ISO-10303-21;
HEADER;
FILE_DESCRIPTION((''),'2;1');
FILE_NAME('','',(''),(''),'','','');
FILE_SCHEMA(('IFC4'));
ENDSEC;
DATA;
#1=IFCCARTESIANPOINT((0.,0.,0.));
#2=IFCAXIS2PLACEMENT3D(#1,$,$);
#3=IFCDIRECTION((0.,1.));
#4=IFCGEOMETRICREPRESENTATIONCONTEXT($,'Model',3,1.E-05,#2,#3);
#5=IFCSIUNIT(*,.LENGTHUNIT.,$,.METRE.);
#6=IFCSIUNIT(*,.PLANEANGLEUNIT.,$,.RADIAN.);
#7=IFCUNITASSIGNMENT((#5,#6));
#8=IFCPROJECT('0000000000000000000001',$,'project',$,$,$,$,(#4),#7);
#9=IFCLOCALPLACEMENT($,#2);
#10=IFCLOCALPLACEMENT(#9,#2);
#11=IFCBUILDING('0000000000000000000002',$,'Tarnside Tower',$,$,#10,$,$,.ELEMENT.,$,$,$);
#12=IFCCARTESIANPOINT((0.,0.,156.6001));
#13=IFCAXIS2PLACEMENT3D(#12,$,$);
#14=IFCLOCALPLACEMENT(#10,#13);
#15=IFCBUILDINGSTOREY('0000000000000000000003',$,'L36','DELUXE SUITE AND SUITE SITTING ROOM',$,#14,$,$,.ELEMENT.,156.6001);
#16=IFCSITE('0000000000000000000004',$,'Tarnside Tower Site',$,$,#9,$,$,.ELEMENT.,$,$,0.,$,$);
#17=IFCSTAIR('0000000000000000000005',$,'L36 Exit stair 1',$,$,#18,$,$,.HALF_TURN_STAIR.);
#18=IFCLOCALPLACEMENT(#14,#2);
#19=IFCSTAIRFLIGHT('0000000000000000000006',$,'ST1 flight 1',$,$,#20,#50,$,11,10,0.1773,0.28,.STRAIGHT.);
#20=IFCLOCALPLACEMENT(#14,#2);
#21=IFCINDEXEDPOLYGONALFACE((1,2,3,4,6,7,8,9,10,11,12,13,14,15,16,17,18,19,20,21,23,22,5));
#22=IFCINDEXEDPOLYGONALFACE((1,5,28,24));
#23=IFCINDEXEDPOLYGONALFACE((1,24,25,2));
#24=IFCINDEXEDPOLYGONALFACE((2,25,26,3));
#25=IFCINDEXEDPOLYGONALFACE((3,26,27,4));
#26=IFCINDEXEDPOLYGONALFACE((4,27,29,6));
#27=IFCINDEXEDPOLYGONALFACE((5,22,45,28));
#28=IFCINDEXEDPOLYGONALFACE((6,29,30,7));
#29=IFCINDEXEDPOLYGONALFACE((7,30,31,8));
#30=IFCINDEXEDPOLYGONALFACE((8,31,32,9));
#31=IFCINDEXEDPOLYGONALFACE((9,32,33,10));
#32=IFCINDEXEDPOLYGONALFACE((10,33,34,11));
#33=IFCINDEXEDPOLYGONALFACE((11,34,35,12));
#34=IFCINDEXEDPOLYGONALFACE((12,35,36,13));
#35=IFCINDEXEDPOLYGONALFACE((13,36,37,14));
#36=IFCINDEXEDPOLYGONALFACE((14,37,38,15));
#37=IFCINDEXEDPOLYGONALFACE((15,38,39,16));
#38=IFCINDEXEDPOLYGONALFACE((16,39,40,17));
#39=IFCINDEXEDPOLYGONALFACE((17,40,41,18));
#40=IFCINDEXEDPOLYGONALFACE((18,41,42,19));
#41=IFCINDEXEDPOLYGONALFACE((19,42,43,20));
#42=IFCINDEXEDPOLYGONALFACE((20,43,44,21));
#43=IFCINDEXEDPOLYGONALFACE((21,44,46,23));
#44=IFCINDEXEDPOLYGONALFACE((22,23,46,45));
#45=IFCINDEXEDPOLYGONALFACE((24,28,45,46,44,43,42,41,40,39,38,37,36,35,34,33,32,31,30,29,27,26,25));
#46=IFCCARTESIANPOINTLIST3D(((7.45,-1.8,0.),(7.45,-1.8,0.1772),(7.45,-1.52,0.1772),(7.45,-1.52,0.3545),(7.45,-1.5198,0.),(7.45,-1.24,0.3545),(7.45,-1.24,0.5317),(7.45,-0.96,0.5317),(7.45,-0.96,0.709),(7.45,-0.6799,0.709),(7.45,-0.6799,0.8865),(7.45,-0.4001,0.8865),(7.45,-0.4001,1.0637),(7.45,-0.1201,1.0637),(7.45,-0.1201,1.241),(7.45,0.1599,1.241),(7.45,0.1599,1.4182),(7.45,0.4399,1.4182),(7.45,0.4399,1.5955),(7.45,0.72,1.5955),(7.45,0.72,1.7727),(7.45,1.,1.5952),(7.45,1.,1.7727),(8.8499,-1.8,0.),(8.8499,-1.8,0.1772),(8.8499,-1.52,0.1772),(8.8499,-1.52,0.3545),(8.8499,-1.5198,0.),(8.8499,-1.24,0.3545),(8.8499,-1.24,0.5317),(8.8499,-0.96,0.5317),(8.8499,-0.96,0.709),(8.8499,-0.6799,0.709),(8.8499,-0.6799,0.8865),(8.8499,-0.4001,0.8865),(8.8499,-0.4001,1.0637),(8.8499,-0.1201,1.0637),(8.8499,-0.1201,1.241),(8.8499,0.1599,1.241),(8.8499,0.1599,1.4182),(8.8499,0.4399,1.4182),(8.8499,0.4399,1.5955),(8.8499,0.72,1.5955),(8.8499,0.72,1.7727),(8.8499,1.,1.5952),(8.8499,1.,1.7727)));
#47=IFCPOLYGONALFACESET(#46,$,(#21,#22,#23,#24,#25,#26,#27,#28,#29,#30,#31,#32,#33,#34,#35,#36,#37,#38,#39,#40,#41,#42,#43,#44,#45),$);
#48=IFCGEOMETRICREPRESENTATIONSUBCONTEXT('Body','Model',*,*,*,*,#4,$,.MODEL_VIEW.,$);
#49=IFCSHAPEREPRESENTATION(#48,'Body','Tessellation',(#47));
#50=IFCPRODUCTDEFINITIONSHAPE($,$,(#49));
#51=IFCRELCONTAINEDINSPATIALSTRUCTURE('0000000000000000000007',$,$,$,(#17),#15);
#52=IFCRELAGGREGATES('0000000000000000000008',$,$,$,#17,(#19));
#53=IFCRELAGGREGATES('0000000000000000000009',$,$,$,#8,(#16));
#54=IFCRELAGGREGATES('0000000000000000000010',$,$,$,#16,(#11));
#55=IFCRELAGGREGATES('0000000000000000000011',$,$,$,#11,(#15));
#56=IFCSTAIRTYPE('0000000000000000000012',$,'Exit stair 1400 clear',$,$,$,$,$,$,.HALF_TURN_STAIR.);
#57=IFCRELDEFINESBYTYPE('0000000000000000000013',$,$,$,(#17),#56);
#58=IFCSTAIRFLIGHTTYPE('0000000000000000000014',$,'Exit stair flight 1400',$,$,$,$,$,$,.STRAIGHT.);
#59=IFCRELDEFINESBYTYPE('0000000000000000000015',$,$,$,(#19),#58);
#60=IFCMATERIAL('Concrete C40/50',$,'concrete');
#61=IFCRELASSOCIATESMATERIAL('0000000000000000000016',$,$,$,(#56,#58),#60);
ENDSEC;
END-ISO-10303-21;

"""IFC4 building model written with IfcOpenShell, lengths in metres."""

from ifc_helpers import new_model, si_unit, direction, frame, origin, place, context, subcontext, project, spatial, polyline, outline, extrude, material, type_object, element, aggregate, save


model = new_model("IFC4")

# Units and contexts
model_context = context("Model", 3, precision=1e-05, world=origin(), true_north=direction((0.0, 1.0)))
body_context = subcontext(model_context, "Body", "Model", "MODEL_VIEW")
ifc_project = project(units=[si_unit("LENGTHUNIT", "METRE"), si_unit("PLANEANGLEUNIT", "RADIAN")], contexts=[model_context])

# Site, building, storey
site_placement = place(None, origin())
site = spatial("IfcSite", under=ifc_project, at=site_placement, Name="Tarnside Tower Site", CompositionType="ELEMENT", RefElevation=0.0)
building_placement = place(site_placement, origin())
building = spatial("IfcBuilding", under=site, at=building_placement, Name="Tarnside Tower", CompositionType="ELEMENT")
storey_placement = place(building_placement, frame((0.0, 0.0, 156.6001)))
storey = spatial("IfcBuildingStorey", under=building, at=storey_placement, Name="L36", Description="DELUXE SUITE AND SUITE SITTING ROOM", CompositionType="ELEMENT", Elevation=156.6001)

# Shared definitions
ifc_material_1 = material(Name="Concrete C40/50", Category="concrete")

# Stair, stair flight
stair_type = type_object("IfcStairType", Name="Exit stair 1400 clear", PredefinedType="HALF_TURN_STAIR", material=ifc_material_1)
stair_placement = place(storey_placement, origin())
stair = element("IfcStair", 1, at=stair_placement, inside=storey, type_object=stair_type, Name="L36 Exit stair 1", PredefinedType="HALF_TURN_STAIR")
stair_flight_type = type_object("IfcStairFlightType", Name="Exit stair flight 1400", PredefinedType="STRAIGHT", material=ifc_material_1)
stair_flight_placement = place(storey_placement, frame((8.1499, -1.8, 0.0), z_axis=(0.0, 0.0, 1.0), x_axis=(0.0, 1.0, 0.0)))
stair_flight = element("IfcStairFlight", 2, at=stair_flight_placement, type_object=stair_flight_type, Name="ST1 flight 1", NumberOfRisers=11, NumberOfTreads=10, PredefinedType="STRAIGHT", RiserHeight=0.1773, TreadLength=0.28, context=body_context, shape_type="SweptSolid", body=[
    extrude(outline(polyline([(0.0, 0.0), (0.0, 0.1772), (0.28, 0.1772), (0.28, 0.3545), (0.5601, 0.3545), (0.5601, 0.5317), (0.8401, 0.5317), (0.8401, 0.709), (1.1201, 0.709), (1.1201, 0.8865), (1.3999, 0.8865), (1.3999, 1.0637), (1.6799, 1.0637), (1.6799, 1.241), (1.96, 1.241), (1.96, 1.4182), (2.24, 1.4182), (2.24, 1.5955), (2.52, 1.5955), (2.52, 1.7727), (2.8, 1.7727), (2.8, 1.95), (2.8, 1.5952), (0.2803, 0.0), (0.0, 0.0)])), frame((0.0, 0.7, 0.0), z_axis=(0.0, -1.0, 0.0), x_axis=(1.0, 0.0, 0.0)), (0.0, 0.0, 1.0), 1.3999),
])
aggregate(stair, [stair_flight])

save(model, "model.ifc")
